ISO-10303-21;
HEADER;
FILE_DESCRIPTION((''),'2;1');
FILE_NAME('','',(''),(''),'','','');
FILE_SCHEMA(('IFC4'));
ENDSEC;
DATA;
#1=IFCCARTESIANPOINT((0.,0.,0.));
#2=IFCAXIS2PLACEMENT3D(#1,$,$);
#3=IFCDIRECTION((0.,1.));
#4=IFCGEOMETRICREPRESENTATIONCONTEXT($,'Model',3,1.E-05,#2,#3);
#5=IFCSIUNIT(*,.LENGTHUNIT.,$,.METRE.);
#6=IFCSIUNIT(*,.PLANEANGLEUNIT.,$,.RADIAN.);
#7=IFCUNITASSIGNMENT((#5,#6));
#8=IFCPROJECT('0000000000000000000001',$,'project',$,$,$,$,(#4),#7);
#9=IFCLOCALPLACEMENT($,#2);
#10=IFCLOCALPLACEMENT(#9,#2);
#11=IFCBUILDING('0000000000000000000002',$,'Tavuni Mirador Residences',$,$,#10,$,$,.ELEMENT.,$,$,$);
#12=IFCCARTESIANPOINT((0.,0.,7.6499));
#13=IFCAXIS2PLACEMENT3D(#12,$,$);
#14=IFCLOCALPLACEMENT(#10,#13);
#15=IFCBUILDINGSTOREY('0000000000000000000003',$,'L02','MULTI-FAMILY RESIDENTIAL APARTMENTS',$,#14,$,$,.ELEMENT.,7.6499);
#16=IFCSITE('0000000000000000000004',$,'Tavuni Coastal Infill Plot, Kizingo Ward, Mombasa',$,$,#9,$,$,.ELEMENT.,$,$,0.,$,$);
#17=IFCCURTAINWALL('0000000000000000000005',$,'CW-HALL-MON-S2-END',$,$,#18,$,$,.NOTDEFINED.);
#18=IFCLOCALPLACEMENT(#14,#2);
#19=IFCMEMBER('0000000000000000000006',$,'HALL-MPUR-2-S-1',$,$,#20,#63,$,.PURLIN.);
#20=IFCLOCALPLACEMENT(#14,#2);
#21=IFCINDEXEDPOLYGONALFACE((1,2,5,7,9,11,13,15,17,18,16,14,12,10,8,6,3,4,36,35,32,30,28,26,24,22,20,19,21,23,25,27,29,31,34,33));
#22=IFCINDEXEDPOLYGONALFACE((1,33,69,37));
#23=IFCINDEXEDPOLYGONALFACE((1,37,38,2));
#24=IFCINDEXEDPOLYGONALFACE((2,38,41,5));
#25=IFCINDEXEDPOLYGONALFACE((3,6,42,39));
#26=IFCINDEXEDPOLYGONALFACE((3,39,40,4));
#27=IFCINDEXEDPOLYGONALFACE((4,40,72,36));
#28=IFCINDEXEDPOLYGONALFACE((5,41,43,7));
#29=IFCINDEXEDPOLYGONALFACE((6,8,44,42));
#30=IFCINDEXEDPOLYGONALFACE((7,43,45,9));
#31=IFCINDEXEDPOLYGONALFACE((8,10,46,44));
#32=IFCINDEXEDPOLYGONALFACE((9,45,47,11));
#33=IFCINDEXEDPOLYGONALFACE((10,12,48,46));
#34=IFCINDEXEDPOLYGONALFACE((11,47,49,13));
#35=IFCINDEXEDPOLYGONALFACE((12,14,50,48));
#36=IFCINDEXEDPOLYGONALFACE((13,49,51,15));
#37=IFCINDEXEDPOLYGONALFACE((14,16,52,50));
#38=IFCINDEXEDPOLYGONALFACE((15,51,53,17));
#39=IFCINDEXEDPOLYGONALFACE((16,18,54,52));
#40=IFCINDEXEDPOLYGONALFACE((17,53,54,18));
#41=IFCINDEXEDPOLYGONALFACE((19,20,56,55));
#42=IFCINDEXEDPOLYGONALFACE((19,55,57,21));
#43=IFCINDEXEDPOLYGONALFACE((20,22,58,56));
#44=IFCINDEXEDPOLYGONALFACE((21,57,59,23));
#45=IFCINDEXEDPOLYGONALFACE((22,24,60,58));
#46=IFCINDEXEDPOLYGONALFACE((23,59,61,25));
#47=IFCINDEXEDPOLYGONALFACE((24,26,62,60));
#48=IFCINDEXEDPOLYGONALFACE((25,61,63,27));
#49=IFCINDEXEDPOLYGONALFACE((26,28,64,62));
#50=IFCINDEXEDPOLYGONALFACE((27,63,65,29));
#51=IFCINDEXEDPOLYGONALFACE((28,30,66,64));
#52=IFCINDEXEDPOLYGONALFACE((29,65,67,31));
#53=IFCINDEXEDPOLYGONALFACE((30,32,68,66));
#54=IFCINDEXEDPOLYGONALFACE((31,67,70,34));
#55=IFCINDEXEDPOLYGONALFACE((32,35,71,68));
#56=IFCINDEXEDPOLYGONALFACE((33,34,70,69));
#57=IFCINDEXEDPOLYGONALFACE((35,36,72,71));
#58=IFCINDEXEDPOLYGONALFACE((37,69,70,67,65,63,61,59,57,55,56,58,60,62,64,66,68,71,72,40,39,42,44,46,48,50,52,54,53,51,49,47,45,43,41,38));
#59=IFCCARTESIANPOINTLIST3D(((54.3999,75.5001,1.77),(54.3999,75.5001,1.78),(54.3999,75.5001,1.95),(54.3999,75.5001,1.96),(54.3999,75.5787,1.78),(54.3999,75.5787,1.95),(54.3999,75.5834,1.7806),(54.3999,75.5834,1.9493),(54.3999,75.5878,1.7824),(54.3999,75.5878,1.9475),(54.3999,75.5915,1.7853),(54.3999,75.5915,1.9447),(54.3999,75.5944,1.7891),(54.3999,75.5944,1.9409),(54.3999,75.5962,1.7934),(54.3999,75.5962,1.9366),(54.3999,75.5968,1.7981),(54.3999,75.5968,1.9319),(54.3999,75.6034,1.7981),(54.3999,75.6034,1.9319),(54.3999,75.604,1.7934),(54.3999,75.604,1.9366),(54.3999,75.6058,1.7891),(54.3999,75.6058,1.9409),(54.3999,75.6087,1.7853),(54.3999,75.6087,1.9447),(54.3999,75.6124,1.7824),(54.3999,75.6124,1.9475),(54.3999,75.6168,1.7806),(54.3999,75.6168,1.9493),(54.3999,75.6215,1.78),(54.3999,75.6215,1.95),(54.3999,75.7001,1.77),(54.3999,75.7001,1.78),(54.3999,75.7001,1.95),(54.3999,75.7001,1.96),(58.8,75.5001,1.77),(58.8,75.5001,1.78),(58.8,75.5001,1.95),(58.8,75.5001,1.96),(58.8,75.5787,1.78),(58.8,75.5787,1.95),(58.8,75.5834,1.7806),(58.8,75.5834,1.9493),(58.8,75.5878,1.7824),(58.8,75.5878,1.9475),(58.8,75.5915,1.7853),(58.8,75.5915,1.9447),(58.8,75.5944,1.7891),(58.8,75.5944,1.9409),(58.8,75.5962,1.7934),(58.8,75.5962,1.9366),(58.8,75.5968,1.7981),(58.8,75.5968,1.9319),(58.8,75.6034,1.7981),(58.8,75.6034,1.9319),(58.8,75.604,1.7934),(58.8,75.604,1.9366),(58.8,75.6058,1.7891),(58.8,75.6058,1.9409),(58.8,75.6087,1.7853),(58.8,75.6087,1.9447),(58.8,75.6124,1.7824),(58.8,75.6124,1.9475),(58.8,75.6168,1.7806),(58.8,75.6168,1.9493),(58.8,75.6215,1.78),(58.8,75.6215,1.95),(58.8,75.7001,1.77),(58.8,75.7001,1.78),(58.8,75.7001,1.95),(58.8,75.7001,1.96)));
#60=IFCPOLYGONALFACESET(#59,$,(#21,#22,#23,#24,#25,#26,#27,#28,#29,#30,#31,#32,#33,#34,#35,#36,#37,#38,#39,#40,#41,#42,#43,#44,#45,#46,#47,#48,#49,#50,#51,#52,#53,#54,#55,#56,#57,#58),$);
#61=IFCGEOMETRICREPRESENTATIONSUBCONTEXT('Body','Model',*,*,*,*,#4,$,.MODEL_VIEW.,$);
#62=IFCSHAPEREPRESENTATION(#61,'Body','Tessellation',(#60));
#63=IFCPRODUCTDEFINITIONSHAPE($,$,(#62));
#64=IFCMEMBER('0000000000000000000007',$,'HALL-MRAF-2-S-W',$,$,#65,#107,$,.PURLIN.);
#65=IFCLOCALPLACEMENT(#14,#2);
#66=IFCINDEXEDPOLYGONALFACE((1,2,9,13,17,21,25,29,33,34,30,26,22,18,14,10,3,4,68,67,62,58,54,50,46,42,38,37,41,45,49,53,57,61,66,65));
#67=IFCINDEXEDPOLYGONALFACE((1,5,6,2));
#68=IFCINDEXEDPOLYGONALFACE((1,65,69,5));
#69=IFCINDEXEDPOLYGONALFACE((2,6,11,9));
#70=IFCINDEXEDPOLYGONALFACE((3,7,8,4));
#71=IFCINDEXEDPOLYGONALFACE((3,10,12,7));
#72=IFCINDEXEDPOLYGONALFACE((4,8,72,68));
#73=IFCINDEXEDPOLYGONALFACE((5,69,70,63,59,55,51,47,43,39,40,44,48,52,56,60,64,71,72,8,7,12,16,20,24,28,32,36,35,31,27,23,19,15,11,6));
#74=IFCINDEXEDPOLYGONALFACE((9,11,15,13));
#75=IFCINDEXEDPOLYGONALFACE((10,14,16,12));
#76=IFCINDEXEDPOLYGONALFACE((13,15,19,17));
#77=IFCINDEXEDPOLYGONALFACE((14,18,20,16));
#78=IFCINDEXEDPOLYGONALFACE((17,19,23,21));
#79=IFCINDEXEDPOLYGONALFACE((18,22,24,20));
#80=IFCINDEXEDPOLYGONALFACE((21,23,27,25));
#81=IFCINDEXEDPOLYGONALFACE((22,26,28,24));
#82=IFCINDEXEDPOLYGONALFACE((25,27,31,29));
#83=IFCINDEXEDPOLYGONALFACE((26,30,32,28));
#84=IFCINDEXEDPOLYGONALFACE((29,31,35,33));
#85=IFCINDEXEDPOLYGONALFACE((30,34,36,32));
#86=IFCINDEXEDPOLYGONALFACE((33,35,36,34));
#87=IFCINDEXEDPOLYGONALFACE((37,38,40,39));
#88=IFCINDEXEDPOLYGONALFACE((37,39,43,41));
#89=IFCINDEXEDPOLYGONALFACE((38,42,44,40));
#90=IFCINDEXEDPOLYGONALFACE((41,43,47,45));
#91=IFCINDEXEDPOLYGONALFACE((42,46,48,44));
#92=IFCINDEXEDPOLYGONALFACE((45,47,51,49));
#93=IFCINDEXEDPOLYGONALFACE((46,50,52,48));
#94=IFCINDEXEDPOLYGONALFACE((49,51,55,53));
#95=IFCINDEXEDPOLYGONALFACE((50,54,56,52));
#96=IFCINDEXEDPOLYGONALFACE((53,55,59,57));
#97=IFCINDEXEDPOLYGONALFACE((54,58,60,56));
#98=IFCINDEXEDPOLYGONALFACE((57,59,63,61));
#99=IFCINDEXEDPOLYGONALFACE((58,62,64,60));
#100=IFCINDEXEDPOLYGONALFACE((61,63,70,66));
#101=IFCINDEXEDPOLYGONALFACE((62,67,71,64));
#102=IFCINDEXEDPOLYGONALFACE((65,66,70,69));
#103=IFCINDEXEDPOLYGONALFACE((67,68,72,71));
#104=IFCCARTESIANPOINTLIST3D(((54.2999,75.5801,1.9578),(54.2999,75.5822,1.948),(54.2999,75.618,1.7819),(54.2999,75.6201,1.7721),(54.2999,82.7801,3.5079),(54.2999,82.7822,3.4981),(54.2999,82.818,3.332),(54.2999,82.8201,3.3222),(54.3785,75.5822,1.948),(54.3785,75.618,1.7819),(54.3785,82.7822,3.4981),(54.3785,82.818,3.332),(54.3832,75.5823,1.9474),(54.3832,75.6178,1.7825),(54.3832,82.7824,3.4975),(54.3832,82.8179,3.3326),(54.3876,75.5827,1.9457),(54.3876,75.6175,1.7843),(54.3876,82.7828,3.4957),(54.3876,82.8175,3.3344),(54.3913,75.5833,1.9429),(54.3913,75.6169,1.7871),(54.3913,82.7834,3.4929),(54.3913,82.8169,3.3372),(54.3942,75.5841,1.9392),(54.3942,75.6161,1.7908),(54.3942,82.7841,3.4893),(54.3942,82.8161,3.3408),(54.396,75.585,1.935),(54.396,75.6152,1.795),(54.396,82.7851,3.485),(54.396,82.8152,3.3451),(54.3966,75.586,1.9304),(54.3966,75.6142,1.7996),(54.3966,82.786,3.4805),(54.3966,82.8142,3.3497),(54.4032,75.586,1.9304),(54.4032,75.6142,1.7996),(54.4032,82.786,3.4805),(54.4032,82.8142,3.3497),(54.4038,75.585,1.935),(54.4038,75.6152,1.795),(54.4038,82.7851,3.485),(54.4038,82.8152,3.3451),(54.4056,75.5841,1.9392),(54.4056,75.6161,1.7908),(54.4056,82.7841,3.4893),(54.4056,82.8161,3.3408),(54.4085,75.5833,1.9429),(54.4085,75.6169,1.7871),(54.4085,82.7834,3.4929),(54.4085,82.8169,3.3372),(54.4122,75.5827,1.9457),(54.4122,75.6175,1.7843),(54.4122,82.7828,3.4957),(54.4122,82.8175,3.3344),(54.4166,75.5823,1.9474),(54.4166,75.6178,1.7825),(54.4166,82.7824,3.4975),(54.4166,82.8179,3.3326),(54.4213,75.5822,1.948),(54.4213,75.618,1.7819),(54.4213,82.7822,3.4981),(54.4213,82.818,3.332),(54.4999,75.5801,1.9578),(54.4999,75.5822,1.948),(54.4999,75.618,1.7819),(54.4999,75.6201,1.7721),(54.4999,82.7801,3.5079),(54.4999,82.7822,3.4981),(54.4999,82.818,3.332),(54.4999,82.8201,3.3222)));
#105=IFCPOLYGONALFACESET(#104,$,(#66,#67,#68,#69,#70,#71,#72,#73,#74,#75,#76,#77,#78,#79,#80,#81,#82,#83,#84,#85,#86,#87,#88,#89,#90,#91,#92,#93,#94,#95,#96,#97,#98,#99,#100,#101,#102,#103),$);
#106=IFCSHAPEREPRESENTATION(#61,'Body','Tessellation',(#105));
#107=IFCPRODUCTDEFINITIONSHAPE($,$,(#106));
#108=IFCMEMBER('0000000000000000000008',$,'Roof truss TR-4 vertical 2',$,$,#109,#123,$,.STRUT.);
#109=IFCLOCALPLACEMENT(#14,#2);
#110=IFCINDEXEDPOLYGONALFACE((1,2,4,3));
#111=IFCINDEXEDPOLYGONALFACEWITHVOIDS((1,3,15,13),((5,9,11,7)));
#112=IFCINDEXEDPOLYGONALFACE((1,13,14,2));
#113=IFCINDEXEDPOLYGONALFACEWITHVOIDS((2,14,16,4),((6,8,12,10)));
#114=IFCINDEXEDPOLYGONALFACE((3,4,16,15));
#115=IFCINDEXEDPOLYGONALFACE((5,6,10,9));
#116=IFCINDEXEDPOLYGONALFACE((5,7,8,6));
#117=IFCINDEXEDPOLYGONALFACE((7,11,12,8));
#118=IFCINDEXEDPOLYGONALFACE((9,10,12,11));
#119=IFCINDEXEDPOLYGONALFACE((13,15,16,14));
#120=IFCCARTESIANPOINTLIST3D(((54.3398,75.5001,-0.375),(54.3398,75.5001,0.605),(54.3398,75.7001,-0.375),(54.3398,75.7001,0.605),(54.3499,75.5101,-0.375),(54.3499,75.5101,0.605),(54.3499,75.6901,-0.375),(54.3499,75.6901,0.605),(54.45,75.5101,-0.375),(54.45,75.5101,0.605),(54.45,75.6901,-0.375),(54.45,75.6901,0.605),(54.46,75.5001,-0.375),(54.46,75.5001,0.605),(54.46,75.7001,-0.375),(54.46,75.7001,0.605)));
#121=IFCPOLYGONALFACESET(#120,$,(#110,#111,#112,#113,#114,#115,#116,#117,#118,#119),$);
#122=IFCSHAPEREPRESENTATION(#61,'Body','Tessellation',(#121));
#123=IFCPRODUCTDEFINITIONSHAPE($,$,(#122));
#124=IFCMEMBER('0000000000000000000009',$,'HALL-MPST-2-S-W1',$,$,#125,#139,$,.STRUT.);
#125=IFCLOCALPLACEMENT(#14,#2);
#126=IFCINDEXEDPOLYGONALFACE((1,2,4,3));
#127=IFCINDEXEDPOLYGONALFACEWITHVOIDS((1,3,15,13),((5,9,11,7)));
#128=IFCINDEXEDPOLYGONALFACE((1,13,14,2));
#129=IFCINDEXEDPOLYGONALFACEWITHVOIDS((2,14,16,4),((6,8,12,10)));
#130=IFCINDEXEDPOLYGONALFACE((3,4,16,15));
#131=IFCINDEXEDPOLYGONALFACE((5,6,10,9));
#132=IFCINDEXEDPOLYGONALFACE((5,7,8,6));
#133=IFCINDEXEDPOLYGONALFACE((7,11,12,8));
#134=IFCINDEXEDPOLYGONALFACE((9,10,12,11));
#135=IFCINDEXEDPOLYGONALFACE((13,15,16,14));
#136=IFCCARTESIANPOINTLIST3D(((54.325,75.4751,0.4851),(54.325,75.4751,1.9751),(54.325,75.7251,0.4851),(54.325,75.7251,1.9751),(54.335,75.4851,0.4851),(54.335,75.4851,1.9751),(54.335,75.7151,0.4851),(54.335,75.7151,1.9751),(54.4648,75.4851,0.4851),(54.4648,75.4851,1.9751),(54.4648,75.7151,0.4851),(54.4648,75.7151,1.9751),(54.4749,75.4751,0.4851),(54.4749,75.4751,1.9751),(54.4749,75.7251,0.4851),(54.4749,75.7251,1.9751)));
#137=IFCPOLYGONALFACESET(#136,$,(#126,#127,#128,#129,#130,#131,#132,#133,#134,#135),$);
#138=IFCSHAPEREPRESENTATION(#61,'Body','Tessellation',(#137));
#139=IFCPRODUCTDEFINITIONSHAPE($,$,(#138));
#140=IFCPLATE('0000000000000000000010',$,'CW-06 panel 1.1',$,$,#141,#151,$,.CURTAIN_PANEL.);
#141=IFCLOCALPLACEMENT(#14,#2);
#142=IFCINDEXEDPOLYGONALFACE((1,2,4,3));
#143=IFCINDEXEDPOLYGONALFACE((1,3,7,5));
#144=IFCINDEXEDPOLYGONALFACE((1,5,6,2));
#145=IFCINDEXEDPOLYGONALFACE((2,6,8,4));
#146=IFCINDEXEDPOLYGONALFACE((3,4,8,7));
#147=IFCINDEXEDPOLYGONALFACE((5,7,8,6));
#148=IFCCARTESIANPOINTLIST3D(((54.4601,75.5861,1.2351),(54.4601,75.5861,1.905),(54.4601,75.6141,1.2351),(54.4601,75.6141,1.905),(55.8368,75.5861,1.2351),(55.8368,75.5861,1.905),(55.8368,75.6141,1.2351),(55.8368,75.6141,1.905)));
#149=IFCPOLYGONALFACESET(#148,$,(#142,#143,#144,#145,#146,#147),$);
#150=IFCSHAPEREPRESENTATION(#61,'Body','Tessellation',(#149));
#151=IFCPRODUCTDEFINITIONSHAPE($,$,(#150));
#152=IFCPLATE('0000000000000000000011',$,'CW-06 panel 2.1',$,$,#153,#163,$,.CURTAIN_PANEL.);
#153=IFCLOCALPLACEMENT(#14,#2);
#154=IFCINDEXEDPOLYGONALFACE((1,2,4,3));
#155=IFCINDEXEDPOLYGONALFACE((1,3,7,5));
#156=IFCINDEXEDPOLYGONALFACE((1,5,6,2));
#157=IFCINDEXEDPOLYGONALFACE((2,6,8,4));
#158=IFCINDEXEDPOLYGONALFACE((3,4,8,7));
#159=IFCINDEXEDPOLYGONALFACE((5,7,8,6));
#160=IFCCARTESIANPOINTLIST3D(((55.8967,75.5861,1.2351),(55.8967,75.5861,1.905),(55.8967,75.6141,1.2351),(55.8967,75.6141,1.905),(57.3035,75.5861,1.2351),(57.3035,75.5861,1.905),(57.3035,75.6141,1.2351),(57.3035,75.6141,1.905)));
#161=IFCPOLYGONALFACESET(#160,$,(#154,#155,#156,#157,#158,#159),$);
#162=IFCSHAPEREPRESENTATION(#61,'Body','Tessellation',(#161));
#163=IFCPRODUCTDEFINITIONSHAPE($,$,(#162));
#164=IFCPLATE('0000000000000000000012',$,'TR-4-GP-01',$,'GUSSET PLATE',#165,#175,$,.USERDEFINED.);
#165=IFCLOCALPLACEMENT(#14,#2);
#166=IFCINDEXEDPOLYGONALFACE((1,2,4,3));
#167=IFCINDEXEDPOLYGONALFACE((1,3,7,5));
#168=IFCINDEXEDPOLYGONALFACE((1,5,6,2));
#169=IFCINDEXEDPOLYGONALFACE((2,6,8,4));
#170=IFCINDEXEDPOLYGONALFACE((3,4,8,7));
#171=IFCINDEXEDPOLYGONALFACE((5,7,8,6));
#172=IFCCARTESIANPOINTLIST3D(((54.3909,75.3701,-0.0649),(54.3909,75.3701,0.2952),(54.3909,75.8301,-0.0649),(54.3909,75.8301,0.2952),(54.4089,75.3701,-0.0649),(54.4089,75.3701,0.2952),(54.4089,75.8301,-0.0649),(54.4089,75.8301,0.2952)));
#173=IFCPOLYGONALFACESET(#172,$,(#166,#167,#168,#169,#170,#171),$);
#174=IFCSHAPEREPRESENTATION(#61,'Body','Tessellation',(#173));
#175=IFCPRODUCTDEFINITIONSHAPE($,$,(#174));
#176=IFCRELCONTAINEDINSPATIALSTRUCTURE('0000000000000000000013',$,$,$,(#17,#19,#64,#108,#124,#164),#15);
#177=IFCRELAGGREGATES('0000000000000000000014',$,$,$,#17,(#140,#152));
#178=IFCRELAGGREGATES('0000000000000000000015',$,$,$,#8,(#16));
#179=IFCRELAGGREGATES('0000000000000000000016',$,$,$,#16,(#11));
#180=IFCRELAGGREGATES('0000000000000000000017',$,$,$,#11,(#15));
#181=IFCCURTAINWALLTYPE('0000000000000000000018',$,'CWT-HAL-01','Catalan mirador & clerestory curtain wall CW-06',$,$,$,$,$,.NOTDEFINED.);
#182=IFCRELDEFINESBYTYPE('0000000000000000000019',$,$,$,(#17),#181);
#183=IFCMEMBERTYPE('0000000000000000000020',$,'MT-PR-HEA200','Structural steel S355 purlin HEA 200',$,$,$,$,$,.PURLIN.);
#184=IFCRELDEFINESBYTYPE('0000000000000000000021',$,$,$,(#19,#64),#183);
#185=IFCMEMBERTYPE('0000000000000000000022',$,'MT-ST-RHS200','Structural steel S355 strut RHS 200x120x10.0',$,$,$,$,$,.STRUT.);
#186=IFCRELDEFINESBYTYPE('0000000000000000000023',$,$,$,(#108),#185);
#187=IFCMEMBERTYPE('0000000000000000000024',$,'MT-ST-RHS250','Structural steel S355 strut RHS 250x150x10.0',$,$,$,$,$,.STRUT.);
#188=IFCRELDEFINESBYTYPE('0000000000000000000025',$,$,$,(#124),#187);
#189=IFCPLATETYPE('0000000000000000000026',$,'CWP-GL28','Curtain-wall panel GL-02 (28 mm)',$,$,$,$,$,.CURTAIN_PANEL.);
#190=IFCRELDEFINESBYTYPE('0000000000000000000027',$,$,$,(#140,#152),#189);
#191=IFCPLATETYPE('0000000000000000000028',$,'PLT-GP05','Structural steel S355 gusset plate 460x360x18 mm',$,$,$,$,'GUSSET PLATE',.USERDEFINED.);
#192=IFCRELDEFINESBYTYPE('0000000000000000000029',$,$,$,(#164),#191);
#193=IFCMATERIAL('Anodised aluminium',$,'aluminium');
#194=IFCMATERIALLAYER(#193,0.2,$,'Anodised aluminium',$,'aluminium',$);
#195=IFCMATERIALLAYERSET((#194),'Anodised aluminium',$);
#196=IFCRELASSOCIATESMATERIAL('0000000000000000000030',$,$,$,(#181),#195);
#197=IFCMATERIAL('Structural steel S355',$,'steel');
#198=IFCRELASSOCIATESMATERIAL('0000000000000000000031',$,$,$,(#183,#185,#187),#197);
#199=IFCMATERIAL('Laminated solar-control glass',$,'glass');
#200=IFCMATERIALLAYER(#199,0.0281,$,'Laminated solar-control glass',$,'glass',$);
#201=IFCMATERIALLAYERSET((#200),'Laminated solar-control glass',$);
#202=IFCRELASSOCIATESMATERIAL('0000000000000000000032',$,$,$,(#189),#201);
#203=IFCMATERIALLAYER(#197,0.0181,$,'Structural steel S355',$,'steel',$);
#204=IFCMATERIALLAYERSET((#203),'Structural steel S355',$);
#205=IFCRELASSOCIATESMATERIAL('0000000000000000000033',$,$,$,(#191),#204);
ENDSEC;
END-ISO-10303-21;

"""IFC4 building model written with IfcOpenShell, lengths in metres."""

from ifc_helpers import new_model, si_unit, direction, frame, origin, origin_2d, place, context, subcontext, project, spatial, rectangle, hollow_rectangle, i_section, extrude, material, layer, layer_set, material_profile, profile_set, type_object, element, aggregate, save


model = new_model("IFC4")

# Units and contexts
model_context = context("Model", 3, precision=1e-05, world=origin(), true_north=direction((0.0, 1.0)))
body_context = subcontext(model_context, "Body", "Model", "MODEL_VIEW")
ifc_project = project(units=[si_unit("LENGTHUNIT", "METRE"), si_unit("PLANEANGLEUNIT", "RADIAN")], contexts=[model_context])

# Site, building, storey
site_placement = place(None, origin())
site = spatial("IfcSite", under=ifc_project, at=site_placement, Name="Tavuni Coastal Infill Plot, Kizingo Ward, Mombasa", CompositionType="ELEMENT", RefElevation=0.0)
building_placement = place(site_placement, origin())
building = spatial("IfcBuilding", under=site, at=building_placement, Name="Tavuni Mirador Residences", CompositionType="ELEMENT")
storey_placement = place(building_placement, frame((0.0, 0.0, 7.6499)))
storey = spatial("IfcBuildingStorey", under=building, at=storey_placement, Name="L02", Description="MULTI-FAMILY RESIDENTIAL APARTMENTS", CompositionType="ELEMENT", Elevation=7.6499)

# Shared definitions
ifc_material_1 = material(Name="Anodised aluminium", Category="aluminium")
ifc_layer_1 = layer(ifc_material_1, 0.2, Name="Anodised aluminium", Category="aluminium")
ifc_layer_set_1 = layer_set([ifc_layer_1], Name="Anodised aluminium")
curtain_wall_type = type_object("IfcCurtainWallType", Name="CWT-HAL-01", Description="Catalan mirador & clerestory curtain wall CW-06", PredefinedType="NOTDEFINED", material=ifc_layer_set_1)

# Curtain wall
curtain_wall_1_placement = place(storey_placement, origin())
curtain_wall_1 = element("IfcCurtainWall", 1, at=curtain_wall_1_placement, inside=storey, type_object=curtain_wall_type, Name="CW-HALL-MON-S2-END", PredefinedType="NOTDEFINED")

# Members
ifc_material_2 = material(Name="Structural steel S355", Category="steel")
ifc_material_profile_1 = material_profile(ifc_material_2, i_section(OverallWidth=0.2, OverallDepth=0.1899, WebThickness=0.0066, FlangeThickness=0.01, FilletRadius=0.0181, at=origin_2d()), Name="HEA 200", Category="steel")
ifc_profile_set_1 = profile_set([ifc_material_profile_1], Name="Structural steel S355")
member_type_1 = type_object("IfcMemberType", Name="MT-PR-HEA200", Description="Structural steel S355 purlin HEA 200", PredefinedType="PURLIN", material=ifc_profile_set_1)
member_1_placement = place(storey_placement, frame((54.3999, 75.6001, 1.865), z_axis=(1.0, 0.0, 0.0), x_axis=(0.0, 1.0, 0.0)))
element("IfcMember", 2, at=member_1_placement, inside=storey, type_object=member_type_1, Name="HALL-MPUR-2-S-1", PredefinedType="PURLIN", context=body_context, shape_type="SweptSolid", body=[
    extrude(i_section(OverallWidth=0.2, OverallDepth=0.1899, WebThickness=0.0066, FlangeThickness=0.01, FilletRadius=0.0181, at=origin_2d()), origin(), (0.0, 0.0, 1.0), 4.4001),
])
member_2_placement = place(storey_placement, frame((54.3999, 75.6001, 1.865), z_axis=(0.0, 0.977602, 0.210464), x_axis=(-1.0, 0.0, 0.0)))
element("IfcMember", 3, at=member_2_placement, inside=storey, type_object=member_type_1, Name="HALL-MRAF-2-S-W", PredefinedType="PURLIN", context=body_context, shape_type="SweptSolid", body=[
    extrude(i_section(OverallWidth=0.2, OverallDepth=0.1899, WebThickness=0.0066, FlangeThickness=0.01, FilletRadius=0.0181, at=origin_2d()), origin(), (0.0, 0.0, 1.0), 7.365),
])
ifc_material_profile_2 = material_profile(ifc_material_2, hollow_rectangle(XDim=0.1201, YDim=0.2, WallThickness=0.01, at=origin_2d()), Name="RHS 200x120x10.0", Category="steel")
ifc_profile_set_2 = profile_set([ifc_material_profile_2], Name="Structural steel S355")
member_type_2 = type_object("IfcMemberType", Name="MT-ST-RHS200", Description="Structural steel S355 strut RHS 200x120x10.0", PredefinedType="STRUT", material=ifc_profile_set_2)
member_3_placement = place(storey_placement, frame((54.3999, 75.6001, -0.375), z_axis=(0.0, 0.0, 1.0), x_axis=(1.0, 0.0, 0.0)))
element("IfcMember", 4, at=member_3_placement, inside=storey, type_object=member_type_2, Name="Roof truss TR-4 vertical 2", PredefinedType="STRUT", context=body_context, shape_type="SweptSolid", body=[
    extrude(hollow_rectangle(XDim=0.1201, YDim=0.2, WallThickness=0.01, at=origin_2d()), origin(), (0.0, 0.0, 1.0), 0.98),
])
ifc_material_profile_3 = material_profile(ifc_material_2, hollow_rectangle(XDim=0.1499, YDim=0.25, WallThickness=0.01, at=origin_2d()), Name="RHS 250x150x10.0", Category="steel")
ifc_profile_set_3 = profile_set([ifc_material_profile_3], Name="Structural steel S355")
member_type_3 = type_object("IfcMemberType", Name="MT-ST-RHS250", Description="Structural steel S355 strut RHS 250x150x10.0", PredefinedType="STRUT", material=ifc_profile_set_3)
member_4_placement = place(storey_placement, frame((54.3999, 75.6001, 0.4851), z_axis=(0.0, 0.0, 1.0), x_axis=(1.0, 0.0, 0.0)))
element("IfcMember", 5, at=member_4_placement, inside=storey, type_object=member_type_3, Name="HALL-MPST-2-S-W1", PredefinedType="STRUT", context=body_context, shape_type="SweptSolid", body=[
    extrude(hollow_rectangle(XDim=0.1499, YDim=0.25, WallThickness=0.01, at=origin_2d()), origin(), (0.0, 0.0, 1.0), 1.49),
])

# Plates
ifc_material_3 = material(Name="Laminated solar-control glass", Category="glass")
ifc_layer_2 = layer(ifc_material_3, 0.0281, Name="Laminated solar-control glass", Category="glass")
ifc_layer_set_2 = layer_set([ifc_layer_2], Name="Laminated solar-control glass")
plate_type_1 = type_object("IfcPlateType", Name="CWP-GL28", Description="Curtain-wall panel GL-02 (28 mm)", PredefinedType="CURTAIN_PANEL", material=ifc_layer_set_2)
plate_1_placement = place(storey_placement, frame((55.1484, 75.6001, 1.2351), z_axis=(0.0, 0.0, 1.0), x_axis=(1.0, 0.0, 0.0)))
plate_1 = element("IfcPlate", 6, at=plate_1_placement, type_object=plate_type_1, Name="CW-06 panel 1.1", PredefinedType="CURTAIN_PANEL", context=body_context, shape_type="SweptSolid", body=[
    extrude(rectangle(XDim=1.3767, YDim=0.0281, at=origin_2d()), origin(), (0.0, 0.0, 1.0), 0.6699),
])
plate_2_placement = place(storey_placement, frame((56.6001, 75.6001, 1.2351), z_axis=(0.0, 0.0, 1.0), x_axis=(1.0, 0.0, 0.0)))
plate_2 = element("IfcPlate", 7, at=plate_2_placement, type_object=plate_type_1, Name="CW-06 panel 2.1", PredefinedType="CURTAIN_PANEL", context=body_context, shape_type="SweptSolid", body=[
    extrude(rectangle(XDim=1.4067, YDim=0.0281, at=origin_2d()), origin(), (0.0, 0.0, 1.0), 0.6699),
])
aggregate(curtain_wall_1, [plate_1, plate_2])
ifc_layer_3 = layer(ifc_material_2, 0.0181, Name="Structural steel S355", Category="steel")
ifc_layer_set_3 = layer_set([ifc_layer_3], Name="Structural steel S355")
plate_type_2 = type_object("IfcPlateType", Name="PLT-GP05", Description="Structural steel S355 gusset plate 460x360x18 mm", ElementType="GUSSET PLATE", PredefinedType="USERDEFINED", material=ifc_layer_set_3)
plate_3_placement = place(storey_placement, frame((54.3999, 75.6001, -0.0649), z_axis=(0.0, 0.0, 1.0), x_axis=(0.0, 1.0, 0.0)))
element("IfcPlate", 8, at=plate_3_placement, inside=storey, type_object=plate_type_2, Name="TR-4-GP-01", ObjectType="GUSSET PLATE", PredefinedType="USERDEFINED", context=body_context, shape_type="SweptSolid", body=[
    extrude(rectangle(XDim=0.46, YDim=0.0181, at=origin_2d()), origin(), (0.0, 0.0, 1.0), 0.3601),
])

save(model, "model.ifc")
